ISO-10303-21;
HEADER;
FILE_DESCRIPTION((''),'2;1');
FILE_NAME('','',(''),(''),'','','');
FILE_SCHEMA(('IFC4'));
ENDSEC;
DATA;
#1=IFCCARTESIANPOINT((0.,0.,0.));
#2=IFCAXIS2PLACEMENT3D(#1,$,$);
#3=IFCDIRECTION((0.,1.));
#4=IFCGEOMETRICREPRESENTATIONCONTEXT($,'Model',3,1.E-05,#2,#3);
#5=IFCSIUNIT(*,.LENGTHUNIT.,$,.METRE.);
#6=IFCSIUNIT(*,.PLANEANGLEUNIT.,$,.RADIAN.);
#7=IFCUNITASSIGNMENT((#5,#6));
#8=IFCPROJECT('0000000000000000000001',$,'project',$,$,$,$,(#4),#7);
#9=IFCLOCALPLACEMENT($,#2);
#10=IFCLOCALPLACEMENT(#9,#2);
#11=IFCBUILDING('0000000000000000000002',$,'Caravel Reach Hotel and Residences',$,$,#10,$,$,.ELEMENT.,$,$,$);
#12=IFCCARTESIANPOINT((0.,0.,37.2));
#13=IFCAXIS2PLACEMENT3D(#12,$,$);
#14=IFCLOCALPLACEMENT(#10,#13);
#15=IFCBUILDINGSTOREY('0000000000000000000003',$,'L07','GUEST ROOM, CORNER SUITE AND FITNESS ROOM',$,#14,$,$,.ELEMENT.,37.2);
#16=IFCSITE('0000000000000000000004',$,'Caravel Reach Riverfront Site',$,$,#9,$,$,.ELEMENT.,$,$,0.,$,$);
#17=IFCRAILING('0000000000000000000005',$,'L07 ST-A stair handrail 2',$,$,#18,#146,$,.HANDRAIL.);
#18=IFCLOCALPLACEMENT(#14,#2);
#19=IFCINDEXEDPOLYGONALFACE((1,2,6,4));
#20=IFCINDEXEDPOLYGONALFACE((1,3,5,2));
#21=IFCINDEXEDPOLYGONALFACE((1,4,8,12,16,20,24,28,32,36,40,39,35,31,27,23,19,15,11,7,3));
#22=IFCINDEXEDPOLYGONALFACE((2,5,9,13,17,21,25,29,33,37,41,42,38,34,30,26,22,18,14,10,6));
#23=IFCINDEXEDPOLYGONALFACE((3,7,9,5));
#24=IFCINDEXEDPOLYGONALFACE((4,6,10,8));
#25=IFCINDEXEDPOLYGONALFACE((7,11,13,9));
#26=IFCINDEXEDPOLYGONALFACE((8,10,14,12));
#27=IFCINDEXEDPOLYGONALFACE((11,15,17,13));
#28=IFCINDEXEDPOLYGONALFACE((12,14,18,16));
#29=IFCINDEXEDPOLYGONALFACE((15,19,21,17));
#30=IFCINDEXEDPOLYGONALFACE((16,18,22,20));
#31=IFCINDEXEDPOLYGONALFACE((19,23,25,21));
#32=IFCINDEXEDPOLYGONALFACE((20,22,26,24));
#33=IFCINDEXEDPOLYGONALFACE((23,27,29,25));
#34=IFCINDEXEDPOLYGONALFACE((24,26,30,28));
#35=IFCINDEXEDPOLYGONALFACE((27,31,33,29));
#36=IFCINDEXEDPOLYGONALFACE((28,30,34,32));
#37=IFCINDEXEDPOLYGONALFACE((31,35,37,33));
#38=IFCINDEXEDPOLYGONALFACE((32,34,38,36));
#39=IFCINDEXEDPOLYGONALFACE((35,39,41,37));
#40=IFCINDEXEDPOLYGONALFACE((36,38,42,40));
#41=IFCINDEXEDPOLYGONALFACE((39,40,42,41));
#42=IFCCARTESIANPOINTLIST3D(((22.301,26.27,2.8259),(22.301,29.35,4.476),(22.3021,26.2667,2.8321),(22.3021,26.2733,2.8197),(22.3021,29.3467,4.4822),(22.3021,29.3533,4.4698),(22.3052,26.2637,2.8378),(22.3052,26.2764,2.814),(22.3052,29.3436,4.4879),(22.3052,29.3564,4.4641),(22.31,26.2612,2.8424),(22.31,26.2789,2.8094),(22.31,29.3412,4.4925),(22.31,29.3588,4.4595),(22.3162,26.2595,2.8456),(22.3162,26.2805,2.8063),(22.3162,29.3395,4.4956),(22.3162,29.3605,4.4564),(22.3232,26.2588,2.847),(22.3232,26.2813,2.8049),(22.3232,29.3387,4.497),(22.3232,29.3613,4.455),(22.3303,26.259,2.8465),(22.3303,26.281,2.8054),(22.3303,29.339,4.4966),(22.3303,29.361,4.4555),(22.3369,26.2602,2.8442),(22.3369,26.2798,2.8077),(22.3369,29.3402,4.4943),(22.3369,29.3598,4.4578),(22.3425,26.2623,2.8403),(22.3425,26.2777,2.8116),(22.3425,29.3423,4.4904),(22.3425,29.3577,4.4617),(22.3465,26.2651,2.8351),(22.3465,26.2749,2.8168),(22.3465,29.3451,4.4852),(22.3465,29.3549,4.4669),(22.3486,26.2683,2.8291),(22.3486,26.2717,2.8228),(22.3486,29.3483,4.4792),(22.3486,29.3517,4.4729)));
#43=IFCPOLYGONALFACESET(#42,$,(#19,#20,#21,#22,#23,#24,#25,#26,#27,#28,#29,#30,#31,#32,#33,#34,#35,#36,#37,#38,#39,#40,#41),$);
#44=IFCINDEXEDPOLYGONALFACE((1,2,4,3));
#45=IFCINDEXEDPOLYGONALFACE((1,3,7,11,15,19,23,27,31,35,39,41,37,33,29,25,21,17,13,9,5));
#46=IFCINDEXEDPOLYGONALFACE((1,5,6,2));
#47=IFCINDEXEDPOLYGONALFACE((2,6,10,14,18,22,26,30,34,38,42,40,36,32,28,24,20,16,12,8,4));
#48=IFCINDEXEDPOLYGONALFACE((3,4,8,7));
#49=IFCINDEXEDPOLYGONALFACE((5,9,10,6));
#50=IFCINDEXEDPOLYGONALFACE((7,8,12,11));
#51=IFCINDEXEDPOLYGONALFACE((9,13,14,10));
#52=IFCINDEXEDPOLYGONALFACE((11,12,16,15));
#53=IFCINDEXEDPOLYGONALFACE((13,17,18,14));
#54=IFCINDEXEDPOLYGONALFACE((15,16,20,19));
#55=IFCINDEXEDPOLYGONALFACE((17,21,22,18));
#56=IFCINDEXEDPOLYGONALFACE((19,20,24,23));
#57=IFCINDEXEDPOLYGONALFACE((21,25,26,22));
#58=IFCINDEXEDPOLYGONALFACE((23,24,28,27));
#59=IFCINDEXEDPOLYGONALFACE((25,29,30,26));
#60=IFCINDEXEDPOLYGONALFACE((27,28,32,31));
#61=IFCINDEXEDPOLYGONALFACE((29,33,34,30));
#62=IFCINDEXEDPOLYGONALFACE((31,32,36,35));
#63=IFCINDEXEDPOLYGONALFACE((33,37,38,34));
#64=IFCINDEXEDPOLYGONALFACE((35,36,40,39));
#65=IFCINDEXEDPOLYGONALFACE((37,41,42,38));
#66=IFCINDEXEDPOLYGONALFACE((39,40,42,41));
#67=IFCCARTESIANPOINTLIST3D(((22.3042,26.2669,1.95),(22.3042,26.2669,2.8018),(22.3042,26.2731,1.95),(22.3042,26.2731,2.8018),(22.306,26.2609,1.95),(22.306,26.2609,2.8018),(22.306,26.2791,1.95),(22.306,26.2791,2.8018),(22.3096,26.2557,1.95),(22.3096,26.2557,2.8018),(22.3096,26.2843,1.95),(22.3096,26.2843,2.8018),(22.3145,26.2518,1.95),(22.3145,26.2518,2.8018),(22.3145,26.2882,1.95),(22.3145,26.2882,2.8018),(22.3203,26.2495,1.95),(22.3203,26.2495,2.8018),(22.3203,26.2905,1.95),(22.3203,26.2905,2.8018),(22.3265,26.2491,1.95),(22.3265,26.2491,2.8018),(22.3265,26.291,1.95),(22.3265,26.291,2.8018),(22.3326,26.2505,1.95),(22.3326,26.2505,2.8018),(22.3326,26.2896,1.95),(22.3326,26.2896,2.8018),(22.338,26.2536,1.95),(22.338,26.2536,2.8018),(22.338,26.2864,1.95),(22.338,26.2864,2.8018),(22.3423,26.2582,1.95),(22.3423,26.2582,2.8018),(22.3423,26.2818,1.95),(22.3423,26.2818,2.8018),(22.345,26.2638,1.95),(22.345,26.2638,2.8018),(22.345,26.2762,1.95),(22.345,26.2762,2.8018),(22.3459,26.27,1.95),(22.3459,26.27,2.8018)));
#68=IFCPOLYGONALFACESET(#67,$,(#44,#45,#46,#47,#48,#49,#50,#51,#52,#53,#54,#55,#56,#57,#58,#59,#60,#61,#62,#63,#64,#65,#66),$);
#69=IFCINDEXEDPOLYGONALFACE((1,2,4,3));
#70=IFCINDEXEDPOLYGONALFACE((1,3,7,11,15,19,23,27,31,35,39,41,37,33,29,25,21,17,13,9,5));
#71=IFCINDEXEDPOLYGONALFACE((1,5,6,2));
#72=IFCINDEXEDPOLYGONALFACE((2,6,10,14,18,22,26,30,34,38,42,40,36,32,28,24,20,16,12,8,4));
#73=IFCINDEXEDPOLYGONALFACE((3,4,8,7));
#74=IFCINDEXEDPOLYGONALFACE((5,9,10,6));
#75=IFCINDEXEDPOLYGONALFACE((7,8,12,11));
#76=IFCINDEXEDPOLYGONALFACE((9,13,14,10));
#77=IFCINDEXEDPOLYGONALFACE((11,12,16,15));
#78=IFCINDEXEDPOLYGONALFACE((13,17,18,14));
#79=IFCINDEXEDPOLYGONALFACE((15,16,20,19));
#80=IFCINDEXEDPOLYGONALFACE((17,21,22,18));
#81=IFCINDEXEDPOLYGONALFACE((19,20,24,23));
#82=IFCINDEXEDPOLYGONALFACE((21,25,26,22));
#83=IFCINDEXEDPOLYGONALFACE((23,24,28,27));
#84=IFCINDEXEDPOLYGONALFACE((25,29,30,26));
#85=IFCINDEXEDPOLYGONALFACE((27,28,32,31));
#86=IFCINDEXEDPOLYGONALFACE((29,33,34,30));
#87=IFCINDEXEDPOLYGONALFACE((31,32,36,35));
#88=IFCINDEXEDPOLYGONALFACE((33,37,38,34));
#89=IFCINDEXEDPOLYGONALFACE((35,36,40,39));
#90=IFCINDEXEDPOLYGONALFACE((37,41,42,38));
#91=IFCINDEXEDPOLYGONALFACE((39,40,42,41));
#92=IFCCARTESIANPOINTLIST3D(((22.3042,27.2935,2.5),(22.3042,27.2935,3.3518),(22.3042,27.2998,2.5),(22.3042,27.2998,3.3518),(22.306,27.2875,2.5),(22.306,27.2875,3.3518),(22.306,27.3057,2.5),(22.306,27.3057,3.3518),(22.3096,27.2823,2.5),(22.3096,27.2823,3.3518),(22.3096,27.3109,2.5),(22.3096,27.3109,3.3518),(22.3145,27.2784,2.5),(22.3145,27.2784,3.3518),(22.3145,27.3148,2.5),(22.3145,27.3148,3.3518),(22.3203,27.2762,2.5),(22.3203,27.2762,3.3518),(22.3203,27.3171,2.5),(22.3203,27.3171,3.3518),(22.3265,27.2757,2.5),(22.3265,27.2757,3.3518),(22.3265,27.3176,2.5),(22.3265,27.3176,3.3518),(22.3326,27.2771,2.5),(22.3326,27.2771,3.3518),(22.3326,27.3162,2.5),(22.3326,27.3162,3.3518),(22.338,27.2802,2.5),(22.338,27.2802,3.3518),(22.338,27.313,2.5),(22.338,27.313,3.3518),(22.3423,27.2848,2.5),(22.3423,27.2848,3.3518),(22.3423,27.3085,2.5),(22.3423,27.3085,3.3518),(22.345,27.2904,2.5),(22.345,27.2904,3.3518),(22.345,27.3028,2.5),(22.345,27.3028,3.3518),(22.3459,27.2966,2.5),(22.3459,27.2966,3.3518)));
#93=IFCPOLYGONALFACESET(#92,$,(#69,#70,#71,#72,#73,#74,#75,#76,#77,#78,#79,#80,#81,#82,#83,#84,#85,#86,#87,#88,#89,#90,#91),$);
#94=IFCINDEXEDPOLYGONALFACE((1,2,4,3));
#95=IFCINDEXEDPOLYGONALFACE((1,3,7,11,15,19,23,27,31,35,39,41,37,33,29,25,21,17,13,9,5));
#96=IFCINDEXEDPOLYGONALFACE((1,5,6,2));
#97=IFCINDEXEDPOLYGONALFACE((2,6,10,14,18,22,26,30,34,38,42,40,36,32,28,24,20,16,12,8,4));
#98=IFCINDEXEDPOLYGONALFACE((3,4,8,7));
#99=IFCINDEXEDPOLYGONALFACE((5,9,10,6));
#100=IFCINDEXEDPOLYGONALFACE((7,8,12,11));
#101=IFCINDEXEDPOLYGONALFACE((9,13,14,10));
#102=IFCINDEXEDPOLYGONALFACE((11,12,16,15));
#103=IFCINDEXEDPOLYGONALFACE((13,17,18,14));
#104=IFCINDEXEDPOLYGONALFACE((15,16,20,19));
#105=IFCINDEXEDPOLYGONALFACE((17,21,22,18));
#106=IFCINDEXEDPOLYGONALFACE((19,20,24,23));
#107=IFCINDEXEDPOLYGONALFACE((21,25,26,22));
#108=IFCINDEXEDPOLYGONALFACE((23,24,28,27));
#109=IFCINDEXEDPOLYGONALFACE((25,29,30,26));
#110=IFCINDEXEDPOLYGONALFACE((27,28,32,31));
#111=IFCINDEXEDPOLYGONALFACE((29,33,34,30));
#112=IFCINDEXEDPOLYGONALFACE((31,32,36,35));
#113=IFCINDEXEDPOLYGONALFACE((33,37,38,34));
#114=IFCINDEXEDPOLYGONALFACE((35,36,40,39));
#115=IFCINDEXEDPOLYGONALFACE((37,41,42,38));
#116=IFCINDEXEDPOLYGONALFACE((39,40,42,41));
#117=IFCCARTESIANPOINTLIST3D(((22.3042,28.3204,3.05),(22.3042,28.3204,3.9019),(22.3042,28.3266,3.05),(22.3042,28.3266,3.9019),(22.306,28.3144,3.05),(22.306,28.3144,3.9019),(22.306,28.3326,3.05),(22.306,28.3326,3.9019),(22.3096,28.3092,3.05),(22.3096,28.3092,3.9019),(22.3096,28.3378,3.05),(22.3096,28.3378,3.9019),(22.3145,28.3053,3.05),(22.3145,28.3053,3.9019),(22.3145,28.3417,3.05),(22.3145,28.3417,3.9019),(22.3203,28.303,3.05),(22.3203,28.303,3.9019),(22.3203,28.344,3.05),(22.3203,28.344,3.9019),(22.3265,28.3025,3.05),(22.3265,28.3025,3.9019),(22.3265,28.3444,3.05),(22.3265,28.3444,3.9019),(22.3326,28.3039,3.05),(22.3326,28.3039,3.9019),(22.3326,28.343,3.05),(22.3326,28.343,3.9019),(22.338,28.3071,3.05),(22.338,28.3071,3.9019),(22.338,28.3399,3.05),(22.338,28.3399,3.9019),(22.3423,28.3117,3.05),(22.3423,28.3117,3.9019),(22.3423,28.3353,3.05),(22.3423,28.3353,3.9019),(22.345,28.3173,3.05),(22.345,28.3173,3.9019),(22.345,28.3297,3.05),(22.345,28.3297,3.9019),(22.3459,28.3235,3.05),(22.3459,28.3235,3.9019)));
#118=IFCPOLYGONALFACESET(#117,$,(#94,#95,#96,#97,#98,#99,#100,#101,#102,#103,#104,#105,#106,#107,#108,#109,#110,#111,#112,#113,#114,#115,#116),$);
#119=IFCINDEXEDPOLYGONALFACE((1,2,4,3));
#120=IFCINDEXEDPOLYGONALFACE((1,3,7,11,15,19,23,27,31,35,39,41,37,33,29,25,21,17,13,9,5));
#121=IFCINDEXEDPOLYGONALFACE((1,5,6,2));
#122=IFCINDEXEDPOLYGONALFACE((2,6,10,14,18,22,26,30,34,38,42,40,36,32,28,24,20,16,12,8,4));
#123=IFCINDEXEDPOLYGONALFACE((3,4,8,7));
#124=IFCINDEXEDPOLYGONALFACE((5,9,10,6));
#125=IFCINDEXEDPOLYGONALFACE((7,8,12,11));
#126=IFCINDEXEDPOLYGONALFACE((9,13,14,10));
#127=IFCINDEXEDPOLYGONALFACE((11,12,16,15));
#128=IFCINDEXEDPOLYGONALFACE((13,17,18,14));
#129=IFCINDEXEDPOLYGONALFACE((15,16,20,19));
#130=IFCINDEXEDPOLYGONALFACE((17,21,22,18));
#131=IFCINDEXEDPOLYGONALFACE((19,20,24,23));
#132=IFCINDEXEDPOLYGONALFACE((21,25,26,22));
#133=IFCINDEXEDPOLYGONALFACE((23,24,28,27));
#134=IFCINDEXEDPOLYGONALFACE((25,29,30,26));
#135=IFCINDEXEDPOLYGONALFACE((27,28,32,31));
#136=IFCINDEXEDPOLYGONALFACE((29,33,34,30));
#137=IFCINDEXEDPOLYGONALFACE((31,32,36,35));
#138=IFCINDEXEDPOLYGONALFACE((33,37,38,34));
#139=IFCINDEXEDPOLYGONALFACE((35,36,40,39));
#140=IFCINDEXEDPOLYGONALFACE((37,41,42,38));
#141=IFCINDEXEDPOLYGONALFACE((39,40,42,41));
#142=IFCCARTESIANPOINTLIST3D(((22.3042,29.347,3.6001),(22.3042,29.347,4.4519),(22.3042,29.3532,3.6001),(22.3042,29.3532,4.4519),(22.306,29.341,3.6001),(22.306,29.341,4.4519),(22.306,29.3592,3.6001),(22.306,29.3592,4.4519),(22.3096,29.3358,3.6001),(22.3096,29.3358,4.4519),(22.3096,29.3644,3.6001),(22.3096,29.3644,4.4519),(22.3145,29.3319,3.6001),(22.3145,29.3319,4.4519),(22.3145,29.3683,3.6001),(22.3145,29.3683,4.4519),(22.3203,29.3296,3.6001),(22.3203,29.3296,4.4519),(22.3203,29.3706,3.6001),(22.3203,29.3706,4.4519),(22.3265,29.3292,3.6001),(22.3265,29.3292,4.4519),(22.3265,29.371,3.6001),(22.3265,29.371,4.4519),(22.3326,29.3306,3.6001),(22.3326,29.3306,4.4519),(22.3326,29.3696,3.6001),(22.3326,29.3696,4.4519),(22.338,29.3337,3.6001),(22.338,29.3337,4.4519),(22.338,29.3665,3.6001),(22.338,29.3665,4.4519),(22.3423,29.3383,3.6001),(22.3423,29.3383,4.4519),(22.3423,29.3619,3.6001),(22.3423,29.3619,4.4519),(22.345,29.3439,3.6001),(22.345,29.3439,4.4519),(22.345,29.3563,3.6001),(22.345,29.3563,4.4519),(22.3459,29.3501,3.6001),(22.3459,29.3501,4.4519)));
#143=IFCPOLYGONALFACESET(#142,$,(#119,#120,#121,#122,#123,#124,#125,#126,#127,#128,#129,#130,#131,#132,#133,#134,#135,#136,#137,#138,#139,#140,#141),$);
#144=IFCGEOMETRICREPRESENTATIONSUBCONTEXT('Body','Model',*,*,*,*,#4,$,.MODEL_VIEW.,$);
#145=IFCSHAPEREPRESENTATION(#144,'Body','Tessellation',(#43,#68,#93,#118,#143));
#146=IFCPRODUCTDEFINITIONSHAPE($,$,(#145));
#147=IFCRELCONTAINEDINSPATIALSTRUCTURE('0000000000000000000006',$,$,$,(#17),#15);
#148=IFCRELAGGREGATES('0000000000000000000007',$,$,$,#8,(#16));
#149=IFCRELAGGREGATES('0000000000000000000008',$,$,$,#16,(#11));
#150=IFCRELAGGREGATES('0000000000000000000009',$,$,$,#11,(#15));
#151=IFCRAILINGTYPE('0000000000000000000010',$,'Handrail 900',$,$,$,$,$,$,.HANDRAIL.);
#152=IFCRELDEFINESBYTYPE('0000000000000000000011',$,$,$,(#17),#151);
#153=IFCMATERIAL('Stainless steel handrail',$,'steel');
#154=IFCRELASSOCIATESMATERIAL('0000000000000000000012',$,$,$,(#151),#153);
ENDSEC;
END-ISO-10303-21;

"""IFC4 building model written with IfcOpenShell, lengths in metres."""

from ifc_helpers import new_model, si_unit, direction, frame, origin, origin_2d, place, context, subcontext, project, spatial, circle, extrude, material, type_object, element, save


model = new_model("IFC4")

# Units and contexts
model_context = context("Model", 3, precision=1e-05, world=origin(), true_north=direction((0.0, 1.0)))
body_context = subcontext(model_context, "Body", "Model", "MODEL_VIEW")
ifc_project = project(units=[si_unit("LENGTHUNIT", "METRE"), si_unit("PLANEANGLEUNIT", "RADIAN")], contexts=[model_context])

# Site, building, storey
site_placement = place(None, origin())
site = spatial("IfcSite", under=ifc_project, at=site_placement, Name="Caravel Reach Riverfront Site", CompositionType="ELEMENT", RefElevation=0.0)
building_placement = place(site_placement, origin())
building = spatial("IfcBuilding", under=site, at=building_placement, Name="Caravel Reach Hotel and Residences", CompositionType="ELEMENT")
storey_placement = place(building_placement, frame((0.0, 0.0, 37.2)))
storey = spatial("IfcBuildingStorey", under=building, at=storey_placement, Name="L07", Description="GUEST ROOM, CORNER SUITE AND FITNESS ROOM", CompositionType="ELEMENT", Elevation=37.2)

# Railing
ifc_material_1 = material(Name="Stainless steel handrail", Category="steel")
railing_type_1 = type_object("IfcRailingType", Name="Handrail 900", PredefinedType="HANDRAIL", material=ifc_material_1)
railing_1_placement = place(storey_placement, frame((22.325, 26.27, 1.95)))
element("IfcRailing", 1, at=railing_1_placement, inside=storey, type_object=railing_type_1, Name="L07 ST-A stair handrail 2", PredefinedType="HANDRAIL", context=body_context, shape_type="SweptSolid", body=[
    extrude(circle(Radius=0.0239, at=origin_2d()), frame((0.0, 0.0, 0.876), z_axis=(0.0, 0.881468, 0.472245), x_axis=(-1.0, 0.0, 0.0)), (0.0, 0.0, 1.0), 3.4941),
    extrude(circle(Radius=0.021, at=origin_2d()), origin(), (0.0, 0.0, 1.0), 0.8518),
    extrude(circle(Radius=0.021, at=origin_2d()), frame((0.0, 1.0266, 0.55)), (0.0, 0.0, 1.0), 0.8518),
    extrude(circle(Radius=0.021, at=origin_2d()), frame((0.0, 2.0535, 1.1001)), (0.0, 0.0, 1.0), 0.8518),
    extrude(circle(Radius=0.021, at=origin_2d()), frame((0.0, 3.0801, 1.6501)), (0.0, 0.0, 1.0), 0.8518),
])

save(model, "model.ifc")
